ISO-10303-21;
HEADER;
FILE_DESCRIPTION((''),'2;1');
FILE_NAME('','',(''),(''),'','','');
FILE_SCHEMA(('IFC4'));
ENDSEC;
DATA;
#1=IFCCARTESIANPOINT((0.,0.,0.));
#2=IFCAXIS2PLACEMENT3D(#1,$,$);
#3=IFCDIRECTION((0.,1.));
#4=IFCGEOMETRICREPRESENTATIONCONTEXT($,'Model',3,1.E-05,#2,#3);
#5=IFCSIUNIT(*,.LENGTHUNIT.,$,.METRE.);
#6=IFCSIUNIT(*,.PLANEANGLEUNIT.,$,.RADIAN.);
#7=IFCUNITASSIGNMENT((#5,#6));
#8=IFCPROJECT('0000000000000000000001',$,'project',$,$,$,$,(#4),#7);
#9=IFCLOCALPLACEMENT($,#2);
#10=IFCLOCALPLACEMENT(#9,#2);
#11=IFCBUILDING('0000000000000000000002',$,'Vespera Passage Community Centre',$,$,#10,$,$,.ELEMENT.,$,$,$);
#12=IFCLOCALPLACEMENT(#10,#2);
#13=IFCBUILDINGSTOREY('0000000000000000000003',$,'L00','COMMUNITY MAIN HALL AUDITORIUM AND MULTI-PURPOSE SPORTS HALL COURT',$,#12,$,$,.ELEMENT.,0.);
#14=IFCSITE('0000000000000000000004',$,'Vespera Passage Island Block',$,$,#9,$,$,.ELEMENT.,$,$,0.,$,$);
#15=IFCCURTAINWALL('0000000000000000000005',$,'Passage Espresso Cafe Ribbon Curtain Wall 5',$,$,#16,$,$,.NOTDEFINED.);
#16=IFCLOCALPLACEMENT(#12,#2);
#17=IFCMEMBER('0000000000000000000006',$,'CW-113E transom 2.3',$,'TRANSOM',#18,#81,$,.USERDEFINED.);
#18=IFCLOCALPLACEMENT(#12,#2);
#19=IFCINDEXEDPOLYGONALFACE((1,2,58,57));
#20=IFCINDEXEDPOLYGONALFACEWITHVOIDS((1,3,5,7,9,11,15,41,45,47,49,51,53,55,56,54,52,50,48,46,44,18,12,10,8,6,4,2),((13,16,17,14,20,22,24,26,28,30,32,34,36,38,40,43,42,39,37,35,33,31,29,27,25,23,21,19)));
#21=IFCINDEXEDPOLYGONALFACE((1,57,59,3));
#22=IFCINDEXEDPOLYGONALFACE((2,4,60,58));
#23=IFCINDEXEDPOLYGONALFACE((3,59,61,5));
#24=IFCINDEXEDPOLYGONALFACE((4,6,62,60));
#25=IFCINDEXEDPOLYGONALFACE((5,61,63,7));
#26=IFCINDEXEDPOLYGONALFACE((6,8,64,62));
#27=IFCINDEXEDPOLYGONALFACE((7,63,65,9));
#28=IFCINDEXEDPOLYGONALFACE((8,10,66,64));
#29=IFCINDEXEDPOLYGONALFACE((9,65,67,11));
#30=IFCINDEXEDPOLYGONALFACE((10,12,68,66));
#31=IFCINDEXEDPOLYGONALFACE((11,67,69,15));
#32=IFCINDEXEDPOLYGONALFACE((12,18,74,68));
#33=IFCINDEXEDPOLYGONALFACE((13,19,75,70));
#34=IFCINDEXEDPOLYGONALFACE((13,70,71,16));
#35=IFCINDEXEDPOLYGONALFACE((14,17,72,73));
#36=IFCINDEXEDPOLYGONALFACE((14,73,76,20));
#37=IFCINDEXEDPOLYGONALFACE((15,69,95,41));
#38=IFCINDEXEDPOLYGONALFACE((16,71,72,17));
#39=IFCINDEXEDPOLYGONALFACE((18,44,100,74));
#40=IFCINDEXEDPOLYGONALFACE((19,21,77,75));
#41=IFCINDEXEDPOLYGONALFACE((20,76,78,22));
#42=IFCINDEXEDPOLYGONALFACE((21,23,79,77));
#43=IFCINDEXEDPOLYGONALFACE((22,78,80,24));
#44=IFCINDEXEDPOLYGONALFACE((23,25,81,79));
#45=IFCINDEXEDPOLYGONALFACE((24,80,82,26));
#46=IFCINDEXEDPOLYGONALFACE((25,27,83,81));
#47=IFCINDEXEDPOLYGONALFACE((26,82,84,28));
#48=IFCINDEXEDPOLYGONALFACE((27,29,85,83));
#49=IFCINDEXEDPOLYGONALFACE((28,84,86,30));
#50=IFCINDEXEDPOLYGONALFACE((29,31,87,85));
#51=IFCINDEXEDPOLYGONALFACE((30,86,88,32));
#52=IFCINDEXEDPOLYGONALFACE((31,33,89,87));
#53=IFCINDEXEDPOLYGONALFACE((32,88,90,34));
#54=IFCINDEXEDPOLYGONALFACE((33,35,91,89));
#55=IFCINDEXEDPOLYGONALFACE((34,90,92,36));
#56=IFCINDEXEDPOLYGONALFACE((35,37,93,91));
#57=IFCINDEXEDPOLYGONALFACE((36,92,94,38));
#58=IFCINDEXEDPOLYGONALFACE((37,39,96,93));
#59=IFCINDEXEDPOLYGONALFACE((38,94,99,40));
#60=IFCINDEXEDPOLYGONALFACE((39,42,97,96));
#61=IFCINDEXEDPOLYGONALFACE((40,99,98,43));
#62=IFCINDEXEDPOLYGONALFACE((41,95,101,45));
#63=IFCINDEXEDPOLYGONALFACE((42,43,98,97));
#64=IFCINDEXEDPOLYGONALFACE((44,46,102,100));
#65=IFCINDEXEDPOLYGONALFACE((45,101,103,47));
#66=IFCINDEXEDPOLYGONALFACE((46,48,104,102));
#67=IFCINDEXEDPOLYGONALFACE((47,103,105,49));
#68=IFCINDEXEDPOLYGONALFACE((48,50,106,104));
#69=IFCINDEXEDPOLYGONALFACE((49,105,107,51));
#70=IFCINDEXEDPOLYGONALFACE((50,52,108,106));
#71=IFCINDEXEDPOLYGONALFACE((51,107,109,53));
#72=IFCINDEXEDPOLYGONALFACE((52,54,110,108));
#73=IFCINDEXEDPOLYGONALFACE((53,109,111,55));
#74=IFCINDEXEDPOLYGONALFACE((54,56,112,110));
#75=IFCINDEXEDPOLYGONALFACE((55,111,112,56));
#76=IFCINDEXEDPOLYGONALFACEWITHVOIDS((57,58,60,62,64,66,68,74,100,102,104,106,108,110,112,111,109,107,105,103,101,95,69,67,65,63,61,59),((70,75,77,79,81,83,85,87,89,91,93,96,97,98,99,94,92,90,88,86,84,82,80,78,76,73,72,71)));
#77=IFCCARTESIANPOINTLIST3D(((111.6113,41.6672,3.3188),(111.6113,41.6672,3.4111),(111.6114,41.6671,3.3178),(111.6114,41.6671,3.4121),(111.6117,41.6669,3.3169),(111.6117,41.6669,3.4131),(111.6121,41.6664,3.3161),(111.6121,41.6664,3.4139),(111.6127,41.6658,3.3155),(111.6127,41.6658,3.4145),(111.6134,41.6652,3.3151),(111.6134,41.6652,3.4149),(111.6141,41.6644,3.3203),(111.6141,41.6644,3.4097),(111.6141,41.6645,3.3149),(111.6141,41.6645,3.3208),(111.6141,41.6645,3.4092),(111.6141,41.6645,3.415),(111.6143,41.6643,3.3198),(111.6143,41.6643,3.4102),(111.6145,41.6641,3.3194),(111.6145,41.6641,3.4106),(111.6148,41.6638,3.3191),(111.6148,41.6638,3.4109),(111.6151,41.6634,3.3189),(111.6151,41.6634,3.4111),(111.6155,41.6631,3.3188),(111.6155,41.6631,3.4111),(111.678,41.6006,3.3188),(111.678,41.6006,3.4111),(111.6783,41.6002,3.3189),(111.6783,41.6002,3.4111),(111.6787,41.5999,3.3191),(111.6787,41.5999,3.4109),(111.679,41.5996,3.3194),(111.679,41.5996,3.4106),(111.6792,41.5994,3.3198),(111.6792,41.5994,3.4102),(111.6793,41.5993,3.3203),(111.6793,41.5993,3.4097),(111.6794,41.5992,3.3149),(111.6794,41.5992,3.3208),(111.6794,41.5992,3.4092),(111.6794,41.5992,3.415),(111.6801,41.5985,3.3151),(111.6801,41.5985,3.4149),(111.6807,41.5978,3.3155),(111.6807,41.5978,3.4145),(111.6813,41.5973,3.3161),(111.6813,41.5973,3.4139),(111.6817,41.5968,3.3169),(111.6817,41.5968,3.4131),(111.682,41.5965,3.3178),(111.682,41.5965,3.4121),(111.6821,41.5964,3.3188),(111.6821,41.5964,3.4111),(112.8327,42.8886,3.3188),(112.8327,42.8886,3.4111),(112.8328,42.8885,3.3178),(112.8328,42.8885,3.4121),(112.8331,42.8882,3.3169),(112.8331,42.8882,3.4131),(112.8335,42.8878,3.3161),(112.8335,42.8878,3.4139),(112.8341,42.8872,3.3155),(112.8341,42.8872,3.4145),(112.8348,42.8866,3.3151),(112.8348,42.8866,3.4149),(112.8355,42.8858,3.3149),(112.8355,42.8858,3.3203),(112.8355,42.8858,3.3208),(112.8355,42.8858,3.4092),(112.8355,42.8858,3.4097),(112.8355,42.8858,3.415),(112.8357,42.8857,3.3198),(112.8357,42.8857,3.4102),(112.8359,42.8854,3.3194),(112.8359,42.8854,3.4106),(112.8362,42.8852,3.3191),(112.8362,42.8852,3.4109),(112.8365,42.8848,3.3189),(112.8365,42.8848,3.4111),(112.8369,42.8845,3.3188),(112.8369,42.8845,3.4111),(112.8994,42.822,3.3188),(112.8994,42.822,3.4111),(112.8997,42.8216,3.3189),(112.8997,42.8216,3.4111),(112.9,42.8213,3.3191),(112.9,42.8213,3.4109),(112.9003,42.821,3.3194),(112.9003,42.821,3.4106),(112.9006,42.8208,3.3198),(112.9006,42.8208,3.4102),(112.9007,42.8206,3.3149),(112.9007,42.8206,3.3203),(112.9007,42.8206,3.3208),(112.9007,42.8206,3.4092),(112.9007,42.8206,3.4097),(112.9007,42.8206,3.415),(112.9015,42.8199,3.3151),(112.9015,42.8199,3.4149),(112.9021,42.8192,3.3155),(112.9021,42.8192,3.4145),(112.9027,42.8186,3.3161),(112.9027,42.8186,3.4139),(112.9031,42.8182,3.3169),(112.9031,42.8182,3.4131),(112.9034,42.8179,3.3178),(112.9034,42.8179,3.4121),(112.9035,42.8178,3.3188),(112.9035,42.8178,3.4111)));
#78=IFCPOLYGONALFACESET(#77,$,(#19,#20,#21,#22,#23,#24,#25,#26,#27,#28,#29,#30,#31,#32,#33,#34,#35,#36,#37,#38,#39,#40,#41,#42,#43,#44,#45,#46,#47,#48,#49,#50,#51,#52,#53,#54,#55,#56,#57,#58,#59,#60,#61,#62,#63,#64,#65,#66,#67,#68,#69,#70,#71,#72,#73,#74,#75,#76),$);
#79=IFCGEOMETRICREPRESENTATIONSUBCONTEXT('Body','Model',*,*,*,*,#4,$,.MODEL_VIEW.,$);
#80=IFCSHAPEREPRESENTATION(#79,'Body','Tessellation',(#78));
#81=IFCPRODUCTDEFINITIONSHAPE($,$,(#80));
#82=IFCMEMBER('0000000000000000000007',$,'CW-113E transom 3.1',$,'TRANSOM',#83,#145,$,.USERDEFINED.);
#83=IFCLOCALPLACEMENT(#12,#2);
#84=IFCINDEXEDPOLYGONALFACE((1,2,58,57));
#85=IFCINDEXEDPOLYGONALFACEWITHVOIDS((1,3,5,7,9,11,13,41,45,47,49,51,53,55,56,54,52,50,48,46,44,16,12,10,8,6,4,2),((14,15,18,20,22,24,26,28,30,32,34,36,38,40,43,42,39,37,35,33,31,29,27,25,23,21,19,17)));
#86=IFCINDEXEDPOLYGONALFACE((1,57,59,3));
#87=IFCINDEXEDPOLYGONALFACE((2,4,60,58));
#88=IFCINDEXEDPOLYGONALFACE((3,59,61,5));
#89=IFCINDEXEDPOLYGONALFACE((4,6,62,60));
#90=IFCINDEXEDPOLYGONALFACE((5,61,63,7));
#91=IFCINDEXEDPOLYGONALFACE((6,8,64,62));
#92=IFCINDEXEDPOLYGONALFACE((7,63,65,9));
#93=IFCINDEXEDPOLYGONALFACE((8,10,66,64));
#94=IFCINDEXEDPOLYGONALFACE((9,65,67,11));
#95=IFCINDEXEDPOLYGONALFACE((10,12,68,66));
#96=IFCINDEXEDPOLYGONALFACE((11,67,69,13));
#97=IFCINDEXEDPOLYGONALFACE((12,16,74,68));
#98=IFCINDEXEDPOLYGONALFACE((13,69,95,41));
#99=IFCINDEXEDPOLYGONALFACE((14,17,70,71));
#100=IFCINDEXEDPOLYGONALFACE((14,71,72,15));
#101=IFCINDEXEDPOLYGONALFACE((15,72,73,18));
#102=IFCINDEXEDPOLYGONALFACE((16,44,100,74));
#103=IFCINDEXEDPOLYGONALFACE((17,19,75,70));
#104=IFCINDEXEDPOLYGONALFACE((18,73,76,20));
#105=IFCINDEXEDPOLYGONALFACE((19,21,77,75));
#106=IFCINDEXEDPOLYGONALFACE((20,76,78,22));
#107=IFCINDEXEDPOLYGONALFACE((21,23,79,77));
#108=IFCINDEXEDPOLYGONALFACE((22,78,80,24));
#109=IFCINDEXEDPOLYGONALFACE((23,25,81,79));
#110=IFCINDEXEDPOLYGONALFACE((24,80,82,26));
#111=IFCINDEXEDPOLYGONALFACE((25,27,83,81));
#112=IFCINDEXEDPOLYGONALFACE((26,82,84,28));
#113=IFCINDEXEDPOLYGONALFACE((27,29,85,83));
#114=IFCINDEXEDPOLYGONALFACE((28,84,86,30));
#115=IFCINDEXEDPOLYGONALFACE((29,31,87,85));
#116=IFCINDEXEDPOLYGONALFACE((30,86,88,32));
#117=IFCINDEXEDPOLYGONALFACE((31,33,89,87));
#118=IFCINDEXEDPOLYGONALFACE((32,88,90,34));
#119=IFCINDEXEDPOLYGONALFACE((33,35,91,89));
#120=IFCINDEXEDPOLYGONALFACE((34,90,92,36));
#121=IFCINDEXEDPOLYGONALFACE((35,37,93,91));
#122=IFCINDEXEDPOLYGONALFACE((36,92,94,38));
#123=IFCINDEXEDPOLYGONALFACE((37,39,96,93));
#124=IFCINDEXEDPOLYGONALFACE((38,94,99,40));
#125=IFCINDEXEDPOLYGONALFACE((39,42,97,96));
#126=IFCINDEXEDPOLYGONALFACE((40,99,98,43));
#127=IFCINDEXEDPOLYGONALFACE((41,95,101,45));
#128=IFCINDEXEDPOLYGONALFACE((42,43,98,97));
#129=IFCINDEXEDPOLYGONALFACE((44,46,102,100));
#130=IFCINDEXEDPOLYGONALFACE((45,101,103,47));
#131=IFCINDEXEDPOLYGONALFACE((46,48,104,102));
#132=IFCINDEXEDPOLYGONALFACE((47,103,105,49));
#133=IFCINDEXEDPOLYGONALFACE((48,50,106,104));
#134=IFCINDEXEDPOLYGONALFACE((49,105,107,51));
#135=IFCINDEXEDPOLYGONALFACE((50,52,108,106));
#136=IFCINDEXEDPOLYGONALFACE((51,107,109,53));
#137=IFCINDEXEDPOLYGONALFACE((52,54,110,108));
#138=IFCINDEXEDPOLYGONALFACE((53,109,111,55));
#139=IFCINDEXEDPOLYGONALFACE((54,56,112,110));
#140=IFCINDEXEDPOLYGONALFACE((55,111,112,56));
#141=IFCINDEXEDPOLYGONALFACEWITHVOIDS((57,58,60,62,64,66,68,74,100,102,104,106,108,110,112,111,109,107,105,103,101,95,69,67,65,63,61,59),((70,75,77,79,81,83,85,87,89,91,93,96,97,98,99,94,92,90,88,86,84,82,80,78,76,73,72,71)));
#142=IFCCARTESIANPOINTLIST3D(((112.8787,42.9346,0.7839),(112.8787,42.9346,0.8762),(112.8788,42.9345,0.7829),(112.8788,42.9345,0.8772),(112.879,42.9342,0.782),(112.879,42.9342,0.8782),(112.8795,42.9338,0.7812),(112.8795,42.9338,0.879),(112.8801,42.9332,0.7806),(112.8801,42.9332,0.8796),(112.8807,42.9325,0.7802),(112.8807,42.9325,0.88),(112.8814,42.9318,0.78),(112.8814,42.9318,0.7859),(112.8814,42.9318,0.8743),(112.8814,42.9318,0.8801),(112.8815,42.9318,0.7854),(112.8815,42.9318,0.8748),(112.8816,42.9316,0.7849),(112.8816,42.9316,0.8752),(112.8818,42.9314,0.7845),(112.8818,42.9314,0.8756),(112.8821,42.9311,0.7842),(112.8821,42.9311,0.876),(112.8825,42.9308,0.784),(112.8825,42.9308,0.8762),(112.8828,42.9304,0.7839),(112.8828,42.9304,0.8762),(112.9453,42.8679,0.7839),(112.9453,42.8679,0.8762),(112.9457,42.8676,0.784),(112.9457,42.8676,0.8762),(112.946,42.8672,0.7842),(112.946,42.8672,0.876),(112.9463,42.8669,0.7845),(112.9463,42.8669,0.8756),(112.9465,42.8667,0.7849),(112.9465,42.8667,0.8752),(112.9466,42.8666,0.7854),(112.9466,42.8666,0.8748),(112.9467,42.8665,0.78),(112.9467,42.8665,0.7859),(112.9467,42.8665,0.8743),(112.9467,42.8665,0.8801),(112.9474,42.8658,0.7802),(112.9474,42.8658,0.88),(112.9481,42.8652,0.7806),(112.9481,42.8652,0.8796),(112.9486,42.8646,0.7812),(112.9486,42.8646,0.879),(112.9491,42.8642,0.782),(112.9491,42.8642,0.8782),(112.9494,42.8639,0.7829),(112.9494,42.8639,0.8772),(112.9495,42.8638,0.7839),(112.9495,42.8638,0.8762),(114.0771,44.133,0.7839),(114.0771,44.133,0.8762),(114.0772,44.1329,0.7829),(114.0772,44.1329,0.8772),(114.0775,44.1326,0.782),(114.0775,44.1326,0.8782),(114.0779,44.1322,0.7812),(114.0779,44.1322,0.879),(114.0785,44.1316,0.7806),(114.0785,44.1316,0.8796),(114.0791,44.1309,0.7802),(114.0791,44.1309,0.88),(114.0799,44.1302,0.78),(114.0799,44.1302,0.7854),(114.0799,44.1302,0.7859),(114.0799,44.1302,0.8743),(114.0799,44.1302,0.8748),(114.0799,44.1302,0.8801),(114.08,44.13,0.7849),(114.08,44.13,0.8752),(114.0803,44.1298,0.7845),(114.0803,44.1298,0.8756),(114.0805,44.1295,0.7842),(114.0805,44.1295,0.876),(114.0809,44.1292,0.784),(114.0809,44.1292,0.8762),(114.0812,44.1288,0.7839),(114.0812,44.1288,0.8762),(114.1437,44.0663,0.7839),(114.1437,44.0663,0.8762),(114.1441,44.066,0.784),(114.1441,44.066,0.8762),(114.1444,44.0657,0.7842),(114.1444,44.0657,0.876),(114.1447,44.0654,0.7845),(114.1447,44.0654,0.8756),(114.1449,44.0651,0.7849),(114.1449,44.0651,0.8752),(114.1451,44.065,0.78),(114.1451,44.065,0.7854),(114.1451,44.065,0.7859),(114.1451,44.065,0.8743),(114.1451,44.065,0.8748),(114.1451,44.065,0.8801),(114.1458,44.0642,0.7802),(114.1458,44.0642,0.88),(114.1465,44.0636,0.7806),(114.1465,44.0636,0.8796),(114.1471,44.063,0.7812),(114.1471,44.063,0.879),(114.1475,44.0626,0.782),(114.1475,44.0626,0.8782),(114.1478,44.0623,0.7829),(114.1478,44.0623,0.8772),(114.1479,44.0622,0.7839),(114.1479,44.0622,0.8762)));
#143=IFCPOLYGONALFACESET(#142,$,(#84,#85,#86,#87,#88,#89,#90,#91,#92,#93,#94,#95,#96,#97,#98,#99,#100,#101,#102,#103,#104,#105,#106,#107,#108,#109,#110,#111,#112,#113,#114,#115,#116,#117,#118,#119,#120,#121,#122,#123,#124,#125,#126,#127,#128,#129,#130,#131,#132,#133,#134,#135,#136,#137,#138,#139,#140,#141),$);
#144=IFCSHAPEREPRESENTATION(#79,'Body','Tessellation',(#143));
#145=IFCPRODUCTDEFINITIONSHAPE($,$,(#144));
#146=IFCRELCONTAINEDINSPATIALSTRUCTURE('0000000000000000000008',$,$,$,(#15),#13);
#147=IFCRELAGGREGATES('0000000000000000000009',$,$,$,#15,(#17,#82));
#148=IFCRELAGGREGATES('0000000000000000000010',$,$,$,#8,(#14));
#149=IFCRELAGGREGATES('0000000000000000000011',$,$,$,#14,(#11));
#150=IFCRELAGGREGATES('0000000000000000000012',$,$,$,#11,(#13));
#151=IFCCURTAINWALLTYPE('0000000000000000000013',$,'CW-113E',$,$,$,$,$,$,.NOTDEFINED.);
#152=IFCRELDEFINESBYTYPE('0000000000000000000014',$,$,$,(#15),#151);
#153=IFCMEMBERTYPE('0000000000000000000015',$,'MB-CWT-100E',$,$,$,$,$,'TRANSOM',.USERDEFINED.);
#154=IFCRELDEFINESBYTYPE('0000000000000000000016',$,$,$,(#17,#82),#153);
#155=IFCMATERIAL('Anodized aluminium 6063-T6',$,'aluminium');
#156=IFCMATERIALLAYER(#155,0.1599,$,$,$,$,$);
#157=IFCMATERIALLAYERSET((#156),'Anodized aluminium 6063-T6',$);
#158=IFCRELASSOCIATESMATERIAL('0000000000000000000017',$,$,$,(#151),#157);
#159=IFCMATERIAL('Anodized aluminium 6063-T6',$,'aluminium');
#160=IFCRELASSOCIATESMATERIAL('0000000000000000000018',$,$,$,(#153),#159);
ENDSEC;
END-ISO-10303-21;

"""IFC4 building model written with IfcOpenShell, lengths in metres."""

from ifc_helpers import new_model, si_unit, direction, frame, origin, origin_2d, place, context, subcontext, project, spatial, hollow_rectangle, extrude, material, layer, layer_set, material_profile, profile_set, type_object, element, aggregate, save


model = new_model("IFC4")

# Units and contexts
model_context = context("Model", 3, precision=1e-05, world=origin(), true_north=direction((0.0, 1.0)))
body_context = subcontext(model_context, "Body", "Model", "MODEL_VIEW")
ifc_project = project(units=[si_unit("LENGTHUNIT", "METRE"), si_unit("PLANEANGLEUNIT", "RADIAN")], contexts=[model_context])

# Site, building, storey
site_placement = place(None, origin())
site = spatial("IfcSite", under=ifc_project, at=site_placement, Name="Vespera Passage Island Block", CompositionType="ELEMENT", RefElevation=0.0)
building_placement = place(site_placement, origin())
building = spatial("IfcBuilding", under=site, at=building_placement, Name="Vespera Passage Community Centre", CompositionType="ELEMENT")
storey_placement = place(building_placement, origin())
storey = spatial("IfcBuildingStorey", under=building, at=storey_placement, Name="L00", Description="COMMUNITY MAIN HALL AUDITORIUM AND MULTI-PURPOSE SPORTS HALL COURT", CompositionType="ELEMENT", Elevation=0.0)

# Curtain wall, members
ifc_material_1 = material(Name="Anodized aluminium 6063-T6", Category="aluminium")
ifc_layer_1 = layer(ifc_material_1, 0.1599)
ifc_layer_set_1 = layer_set([ifc_layer_1], Name="Anodized aluminium 6063-T6")
curtain_wall_type = type_object("IfcCurtainWallType", Name="CW-113E", PredefinedType="NOTDEFINED", material=ifc_layer_set_1)
curtain_wall_placement = place(storey_placement, origin())
curtain_wall = element("IfcCurtainWall", 1, at=curtain_wall_placement, inside=storey, type_object=curtain_wall_type, Name="Passage Espresso Cafe Ribbon Curtain Wall 5", PredefinedType="NOTDEFINED")
ifc_material_2 = material(Name="Anodized aluminium 6063-T6", Category="aluminium")
ifc_material_profile_1 = material_profile(ifc_material_2, hollow_rectangle(XDim=0.1001, YDim=0.1001, WallThickness=0.0039, InnerFilletRadius=0.002, OuterFilletRadius=0.0039, at=origin_2d()), Name="ALU100X100X4")
ifc_profile_set_1 = profile_set([ifc_material_profile_1], Name="Anodized aluminium 6063-T6")
member_type_1 = type_object("IfcMemberType", Name="MB-CWT-100E", ElementType="TRANSOM", PredefinedType="USERDEFINED", material=ifc_profile_set_1)
member_1_placement = place(storey_placement, frame((111.6467, 41.6318, 3.365), z_axis=(0.707107, 0.707107, 0.0), x_axis=(-0.707107, 0.707107, 0.0)))
member_1 = element("IfcMember", 2, at=member_1_placement, type_object=member_type_1, Name="CW-113E transom 2.3", ObjectType="TRANSOM", PredefinedType="USERDEFINED", context=body_context, shape_type="SweptSolid", body=[
    extrude(hollow_rectangle(XDim=0.1001, YDim=0.1001, WallThickness=0.0039, InnerFilletRadius=0.002, OuterFilletRadius=0.0039, at=origin_2d()), origin(), (0.0, 0.0, 1.0), 1.7273),
])
member_2_placement = place(storey_placement, frame((112.9141, 42.8992, 0.8301), z_axis=(0.707107, 0.707107, 0.0), x_axis=(-0.707107, 0.707107, 0.0)))
member_2 = element("IfcMember", 3, at=member_2_placement, type_object=member_type_1, Name="CW-113E transom 3.1", ObjectType="TRANSOM", PredefinedType="USERDEFINED", context=body_context, shape_type="SweptSolid", body=[
    extrude(hollow_rectangle(XDim=0.1001, YDim=0.1001, WallThickness=0.0039, InnerFilletRadius=0.002, OuterFilletRadius=0.0039, at=origin_2d()), origin(), (0.0, 0.0, 1.0), 1.6948),
])
aggregate(curtain_wall, [member_1, member_2])

save(model, "model.ifc")
